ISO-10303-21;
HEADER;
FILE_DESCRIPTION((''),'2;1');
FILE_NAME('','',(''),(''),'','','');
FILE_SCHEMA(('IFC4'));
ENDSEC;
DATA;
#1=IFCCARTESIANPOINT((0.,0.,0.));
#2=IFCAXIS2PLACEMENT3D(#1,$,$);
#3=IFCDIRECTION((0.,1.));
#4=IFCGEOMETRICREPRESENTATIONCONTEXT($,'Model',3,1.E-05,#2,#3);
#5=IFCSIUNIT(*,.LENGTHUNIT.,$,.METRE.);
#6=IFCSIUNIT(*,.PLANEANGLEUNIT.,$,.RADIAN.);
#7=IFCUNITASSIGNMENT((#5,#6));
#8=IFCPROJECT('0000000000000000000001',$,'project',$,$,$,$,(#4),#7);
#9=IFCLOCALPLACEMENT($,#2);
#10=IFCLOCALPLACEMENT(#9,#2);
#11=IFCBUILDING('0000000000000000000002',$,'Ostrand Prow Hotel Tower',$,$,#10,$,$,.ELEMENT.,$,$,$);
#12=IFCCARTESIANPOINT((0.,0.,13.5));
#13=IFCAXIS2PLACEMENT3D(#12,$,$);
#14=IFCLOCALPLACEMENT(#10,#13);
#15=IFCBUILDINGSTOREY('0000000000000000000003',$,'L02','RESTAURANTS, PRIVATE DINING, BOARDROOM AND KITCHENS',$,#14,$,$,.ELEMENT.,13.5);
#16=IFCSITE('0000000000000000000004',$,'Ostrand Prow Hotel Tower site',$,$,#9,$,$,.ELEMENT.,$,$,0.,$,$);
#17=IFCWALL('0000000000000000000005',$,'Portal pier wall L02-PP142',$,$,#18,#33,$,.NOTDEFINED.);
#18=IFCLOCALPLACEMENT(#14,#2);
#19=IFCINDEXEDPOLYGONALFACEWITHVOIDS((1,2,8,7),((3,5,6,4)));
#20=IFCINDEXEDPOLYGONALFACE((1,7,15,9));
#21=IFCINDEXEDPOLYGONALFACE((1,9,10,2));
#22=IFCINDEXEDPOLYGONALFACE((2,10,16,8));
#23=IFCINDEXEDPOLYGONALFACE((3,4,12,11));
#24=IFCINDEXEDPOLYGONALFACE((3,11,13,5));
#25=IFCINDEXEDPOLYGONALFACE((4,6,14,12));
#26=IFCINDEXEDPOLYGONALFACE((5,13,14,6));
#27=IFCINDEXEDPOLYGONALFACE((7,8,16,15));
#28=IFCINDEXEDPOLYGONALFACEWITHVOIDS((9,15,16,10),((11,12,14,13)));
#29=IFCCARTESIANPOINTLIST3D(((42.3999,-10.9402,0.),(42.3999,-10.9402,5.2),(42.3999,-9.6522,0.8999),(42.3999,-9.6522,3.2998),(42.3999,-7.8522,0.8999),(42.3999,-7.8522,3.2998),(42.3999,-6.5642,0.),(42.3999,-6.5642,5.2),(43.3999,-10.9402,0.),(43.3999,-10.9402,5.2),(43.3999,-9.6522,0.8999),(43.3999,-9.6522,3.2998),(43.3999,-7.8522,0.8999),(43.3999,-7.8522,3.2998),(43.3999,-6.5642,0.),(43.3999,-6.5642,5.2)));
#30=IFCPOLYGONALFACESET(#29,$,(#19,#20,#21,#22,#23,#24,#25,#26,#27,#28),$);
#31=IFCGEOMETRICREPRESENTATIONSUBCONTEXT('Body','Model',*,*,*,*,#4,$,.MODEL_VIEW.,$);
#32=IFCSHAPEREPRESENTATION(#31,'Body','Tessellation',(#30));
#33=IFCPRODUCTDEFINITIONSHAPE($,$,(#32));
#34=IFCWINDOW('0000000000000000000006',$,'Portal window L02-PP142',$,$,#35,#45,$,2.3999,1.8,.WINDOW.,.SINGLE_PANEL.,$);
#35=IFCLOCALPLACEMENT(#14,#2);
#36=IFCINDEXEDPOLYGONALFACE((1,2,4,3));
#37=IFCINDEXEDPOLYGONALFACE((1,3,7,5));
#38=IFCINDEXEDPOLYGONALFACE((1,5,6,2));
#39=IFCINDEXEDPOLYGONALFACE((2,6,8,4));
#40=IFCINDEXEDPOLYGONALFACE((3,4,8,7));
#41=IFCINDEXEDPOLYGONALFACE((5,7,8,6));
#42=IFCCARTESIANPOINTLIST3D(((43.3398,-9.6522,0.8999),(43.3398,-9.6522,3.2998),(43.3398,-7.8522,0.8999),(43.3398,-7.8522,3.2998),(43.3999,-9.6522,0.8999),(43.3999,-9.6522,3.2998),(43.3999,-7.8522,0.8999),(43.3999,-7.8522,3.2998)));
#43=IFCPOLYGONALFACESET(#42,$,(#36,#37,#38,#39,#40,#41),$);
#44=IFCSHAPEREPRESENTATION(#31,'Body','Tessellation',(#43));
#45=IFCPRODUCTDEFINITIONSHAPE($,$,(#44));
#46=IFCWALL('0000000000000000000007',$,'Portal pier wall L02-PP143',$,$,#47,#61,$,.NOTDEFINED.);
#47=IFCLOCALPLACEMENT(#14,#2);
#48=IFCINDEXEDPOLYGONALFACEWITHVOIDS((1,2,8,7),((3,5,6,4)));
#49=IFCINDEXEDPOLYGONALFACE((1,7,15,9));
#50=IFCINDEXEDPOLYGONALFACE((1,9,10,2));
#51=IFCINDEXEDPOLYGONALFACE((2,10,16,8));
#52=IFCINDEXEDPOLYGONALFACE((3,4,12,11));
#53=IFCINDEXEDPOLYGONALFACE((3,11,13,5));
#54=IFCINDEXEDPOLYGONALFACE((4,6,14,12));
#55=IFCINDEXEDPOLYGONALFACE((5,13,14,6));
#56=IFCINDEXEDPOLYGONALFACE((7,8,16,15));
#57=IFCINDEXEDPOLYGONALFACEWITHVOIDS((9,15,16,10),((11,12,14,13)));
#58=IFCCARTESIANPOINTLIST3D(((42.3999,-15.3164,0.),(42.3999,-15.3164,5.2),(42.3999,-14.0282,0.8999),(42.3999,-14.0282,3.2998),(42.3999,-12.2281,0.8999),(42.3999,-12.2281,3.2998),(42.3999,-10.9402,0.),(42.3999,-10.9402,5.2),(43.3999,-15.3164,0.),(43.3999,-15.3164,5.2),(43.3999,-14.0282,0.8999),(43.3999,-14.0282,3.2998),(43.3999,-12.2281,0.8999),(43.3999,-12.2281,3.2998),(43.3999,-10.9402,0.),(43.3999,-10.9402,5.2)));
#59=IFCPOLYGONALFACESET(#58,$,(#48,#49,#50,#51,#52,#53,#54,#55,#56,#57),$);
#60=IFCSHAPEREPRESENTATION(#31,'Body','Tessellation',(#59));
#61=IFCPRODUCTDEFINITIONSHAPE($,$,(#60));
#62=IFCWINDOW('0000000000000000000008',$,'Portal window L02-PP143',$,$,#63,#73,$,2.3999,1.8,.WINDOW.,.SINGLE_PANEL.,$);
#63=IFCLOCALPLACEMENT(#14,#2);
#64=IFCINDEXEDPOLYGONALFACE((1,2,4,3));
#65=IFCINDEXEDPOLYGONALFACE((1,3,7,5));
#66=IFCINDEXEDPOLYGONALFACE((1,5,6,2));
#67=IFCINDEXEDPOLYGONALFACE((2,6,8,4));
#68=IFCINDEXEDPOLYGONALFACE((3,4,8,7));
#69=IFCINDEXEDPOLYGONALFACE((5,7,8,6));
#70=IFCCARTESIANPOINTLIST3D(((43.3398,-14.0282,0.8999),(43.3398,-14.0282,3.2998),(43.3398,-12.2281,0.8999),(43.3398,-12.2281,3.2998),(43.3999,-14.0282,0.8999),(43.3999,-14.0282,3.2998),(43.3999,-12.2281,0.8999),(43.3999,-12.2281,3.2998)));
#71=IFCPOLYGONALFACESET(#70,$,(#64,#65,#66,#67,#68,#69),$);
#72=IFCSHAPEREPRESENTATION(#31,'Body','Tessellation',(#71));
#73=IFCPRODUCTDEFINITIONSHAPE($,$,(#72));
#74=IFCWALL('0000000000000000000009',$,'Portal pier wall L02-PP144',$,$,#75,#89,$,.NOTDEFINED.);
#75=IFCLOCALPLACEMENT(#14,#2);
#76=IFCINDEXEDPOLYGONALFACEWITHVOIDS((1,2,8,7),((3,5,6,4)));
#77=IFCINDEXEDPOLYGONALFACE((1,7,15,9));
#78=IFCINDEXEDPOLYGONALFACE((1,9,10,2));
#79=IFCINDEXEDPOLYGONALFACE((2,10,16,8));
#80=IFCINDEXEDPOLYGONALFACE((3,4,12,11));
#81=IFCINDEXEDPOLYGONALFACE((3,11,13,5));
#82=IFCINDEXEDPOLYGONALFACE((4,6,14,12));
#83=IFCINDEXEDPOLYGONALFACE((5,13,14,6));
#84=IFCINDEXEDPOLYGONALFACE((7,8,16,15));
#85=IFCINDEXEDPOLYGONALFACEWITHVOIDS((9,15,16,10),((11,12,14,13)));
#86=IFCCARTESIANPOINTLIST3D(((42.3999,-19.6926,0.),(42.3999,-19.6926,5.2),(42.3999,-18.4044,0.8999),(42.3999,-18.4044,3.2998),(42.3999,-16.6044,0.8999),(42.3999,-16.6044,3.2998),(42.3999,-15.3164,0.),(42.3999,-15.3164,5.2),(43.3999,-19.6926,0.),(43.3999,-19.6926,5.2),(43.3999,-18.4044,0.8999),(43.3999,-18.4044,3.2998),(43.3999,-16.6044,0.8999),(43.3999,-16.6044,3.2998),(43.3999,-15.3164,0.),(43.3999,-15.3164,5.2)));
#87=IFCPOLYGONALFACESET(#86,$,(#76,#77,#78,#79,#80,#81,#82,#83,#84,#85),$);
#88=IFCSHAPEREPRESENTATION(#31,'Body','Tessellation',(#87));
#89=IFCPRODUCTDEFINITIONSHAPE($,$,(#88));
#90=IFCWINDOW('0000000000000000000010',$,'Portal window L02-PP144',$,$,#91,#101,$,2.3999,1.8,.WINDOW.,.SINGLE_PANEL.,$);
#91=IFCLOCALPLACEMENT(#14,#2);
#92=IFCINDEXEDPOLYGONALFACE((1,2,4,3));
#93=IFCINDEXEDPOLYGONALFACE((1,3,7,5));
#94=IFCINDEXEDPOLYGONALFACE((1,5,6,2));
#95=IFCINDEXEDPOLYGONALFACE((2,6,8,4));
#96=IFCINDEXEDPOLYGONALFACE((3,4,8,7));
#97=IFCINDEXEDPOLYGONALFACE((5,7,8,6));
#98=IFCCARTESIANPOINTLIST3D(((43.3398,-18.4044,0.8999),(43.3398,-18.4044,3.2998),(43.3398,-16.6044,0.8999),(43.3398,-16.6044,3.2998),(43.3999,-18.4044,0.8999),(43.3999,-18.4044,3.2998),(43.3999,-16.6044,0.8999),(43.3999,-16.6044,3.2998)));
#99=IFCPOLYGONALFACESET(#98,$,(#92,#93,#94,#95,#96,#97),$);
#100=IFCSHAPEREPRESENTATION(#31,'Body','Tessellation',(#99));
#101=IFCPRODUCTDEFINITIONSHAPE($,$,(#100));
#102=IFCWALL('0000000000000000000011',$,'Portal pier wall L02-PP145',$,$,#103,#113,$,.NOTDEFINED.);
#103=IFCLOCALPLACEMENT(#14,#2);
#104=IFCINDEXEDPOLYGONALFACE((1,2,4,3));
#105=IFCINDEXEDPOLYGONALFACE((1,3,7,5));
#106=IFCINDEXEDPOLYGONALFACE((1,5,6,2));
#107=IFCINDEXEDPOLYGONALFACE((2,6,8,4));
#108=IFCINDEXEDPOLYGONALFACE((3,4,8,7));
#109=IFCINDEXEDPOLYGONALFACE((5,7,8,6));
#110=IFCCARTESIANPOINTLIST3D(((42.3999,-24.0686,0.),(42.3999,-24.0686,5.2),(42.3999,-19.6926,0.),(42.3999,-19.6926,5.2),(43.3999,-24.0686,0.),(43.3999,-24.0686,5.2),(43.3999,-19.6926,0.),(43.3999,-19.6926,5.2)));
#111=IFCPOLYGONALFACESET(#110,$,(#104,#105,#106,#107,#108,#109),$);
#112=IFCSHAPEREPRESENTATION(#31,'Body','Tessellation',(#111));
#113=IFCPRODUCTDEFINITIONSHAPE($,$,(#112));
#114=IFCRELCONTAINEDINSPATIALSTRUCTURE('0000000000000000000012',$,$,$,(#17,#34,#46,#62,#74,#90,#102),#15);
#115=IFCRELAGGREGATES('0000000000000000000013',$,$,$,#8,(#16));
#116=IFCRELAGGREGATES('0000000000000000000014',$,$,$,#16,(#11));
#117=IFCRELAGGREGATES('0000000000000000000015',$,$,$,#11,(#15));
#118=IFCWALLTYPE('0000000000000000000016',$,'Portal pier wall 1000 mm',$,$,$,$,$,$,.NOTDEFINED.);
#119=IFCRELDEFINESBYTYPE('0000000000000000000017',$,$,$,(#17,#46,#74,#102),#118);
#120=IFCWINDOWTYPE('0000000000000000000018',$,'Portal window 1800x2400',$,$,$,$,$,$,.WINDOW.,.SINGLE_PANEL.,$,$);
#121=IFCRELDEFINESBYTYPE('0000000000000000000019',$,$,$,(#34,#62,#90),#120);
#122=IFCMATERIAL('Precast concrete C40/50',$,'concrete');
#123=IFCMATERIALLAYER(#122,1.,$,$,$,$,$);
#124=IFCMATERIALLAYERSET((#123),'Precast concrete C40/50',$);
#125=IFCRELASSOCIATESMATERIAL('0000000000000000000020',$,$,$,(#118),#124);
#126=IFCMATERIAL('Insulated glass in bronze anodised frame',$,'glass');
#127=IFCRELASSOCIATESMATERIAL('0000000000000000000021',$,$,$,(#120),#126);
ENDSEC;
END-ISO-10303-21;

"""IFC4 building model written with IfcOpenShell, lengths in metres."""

from ifc_helpers import new_model, si_unit, direction, frame, frame_2d, origin, place, context, subcontext, project, spatial, polyline, rectangle, outline, extrude, material, layer, layer_set, type_object, element, fill, save


model = new_model("IFC4")

# Units and contexts
model_context = context("Model", 3, precision=1e-05, world=origin(), true_north=direction((0.0, 1.0)))
body_context = subcontext(model_context, "Body", "Model", "MODEL_VIEW")
ifc_project = project(units=[si_unit("LENGTHUNIT", "METRE"), si_unit("PLANEANGLEUNIT", "RADIAN")], contexts=[model_context])

# Site, building, storey
site_placement = place(None, origin())
site = spatial("IfcSite", under=ifc_project, at=site_placement, Name="Ostrand Prow Hotel Tower site", CompositionType="ELEMENT", RefElevation=0.0)
building_placement = place(site_placement, origin())
building = spatial("IfcBuilding", under=site, at=building_placement, Name="Ostrand Prow Hotel Tower", CompositionType="ELEMENT")
storey_placement = place(building_placement, frame((0.0, 0.0, 13.5)))
storey = spatial("IfcBuildingStorey", under=building, at=storey_placement, Name="L02", Description="RESTAURANTS, PRIVATE DINING, BOARDROOM AND KITCHENS", CompositionType="ELEMENT", Elevation=13.5)

# Walls, openings, windows
ifc_material_1 = material(Name="Precast concrete C40/50", Category="concrete")
ifc_layer_1 = layer(ifc_material_1, 1.0)
ifc_layer_set_1 = layer_set([ifc_layer_1], Name="Precast concrete C40/50")
wall_type_1 = type_object("IfcWallType", Name="Portal pier wall 1000 mm", PredefinedType="NOTDEFINED", material=ifc_layer_set_1)
ifc_material_2 = material(Name="Insulated glass in bronze anodised frame", Category="glass")
window_type = type_object("IfcWindowType", Name="Portal window 1800x2400", PartitioningType="SINGLE_PANEL", PredefinedType="WINDOW", material=ifc_material_2)
wall_1_placement = place(storey_placement, frame((42.8999, -6.5642, 0.0), z_axis=(0.0, 0.0, 1.0), x_axis=(0.0, -1.0, 0.0)))
wall_1 = element("IfcWall", 1, at=wall_1_placement, inside=storey, type_object=wall_type_1, Name="Portal pier wall L02-PP142", PredefinedType="NOTDEFINED", context=body_context, shape_type="SweptSolid", body=[
    extrude(outline(polyline([(0.0, -0.5), (4.376, -0.5), (4.376, 0.5), (0.0, 0.5), (0.0, -0.5)])), origin(), (0.0, 0.0, 1.0), 5.2),
])
opening_1_placement = place(wall_1_placement, frame((1.2881, 0.0, 0.8999)))
opening_1 = element("IfcOpeningElement", 2, at=opening_1_placement, cuts=wall_1, PredefinedType="OPENING", context=body_context, shape_type="SweptSolid", body=[
    extrude(rectangle(XDim=1.8, YDim=2.3999, at=frame_2d((0.8999, 1.2))), frame((0.0, 0.51, 0.0), z_axis=(0.0, -1.0, 0.0), x_axis=(1.0, 0.0, 0.0)), (0.0, 0.0, 1.0), 1.02),
])
window_1_placement = place(opening_1_placement, origin())
window_1 = element("IfcWindow", 3, at=window_1_placement, inside=storey, type_object=window_type, Name="Portal window L02-PP142", OverallHeight=2.3999, OverallWidth=1.8, PartitioningType="SINGLE_PANEL", PredefinedType="WINDOW", context=body_context, shape_type="SweptSolid", body=[
    extrude(rectangle(XDim=1.8, YDim=2.3999, at=frame_2d((0.8999, 1.2))), frame((0.0, 0.5, 0.0), z_axis=(0.0, -1.0, 0.0), x_axis=(1.0, 0.0, 0.0)), (0.0, 0.0, 1.0), 0.0601),
])
fill(opening_1, window_1)
wall_2_placement = place(storey_placement, frame((42.8999, -10.9402, 0.0), z_axis=(0.0, 0.0, 1.0), x_axis=(0.0, -1.0, 0.0)))
wall_2 = element("IfcWall", 4, at=wall_2_placement, inside=storey, type_object=wall_type_1, Name="Portal pier wall L02-PP143", PredefinedType="NOTDEFINED", context=body_context, shape_type="SweptSolid", body=[
    extrude(outline(polyline([(0.0, -0.5), (4.3762, -0.5), (4.3762, 0.5), (0.0, 0.5), (0.0, -0.5)])), origin(), (0.0, 0.0, 1.0), 5.2),
])
opening_2_placement = place(wall_2_placement, frame((1.2881, 0.0, 0.8999)))
opening_2 = element("IfcOpeningElement", 5, at=opening_2_placement, cuts=wall_2, PredefinedType="OPENING", context=body_context, shape_type="SweptSolid", body=[
    extrude(rectangle(XDim=1.8, YDim=2.3999, at=frame_2d((0.8999, 1.2))), frame((0.0, 0.51, 0.0), z_axis=(0.0, -1.0, 0.0), x_axis=(1.0, 0.0, 0.0)), (0.0, 0.0, 1.0), 1.02),
])
window_2_placement = place(opening_2_placement, origin())
window_2 = element("IfcWindow", 6, at=window_2_placement, inside=storey, type_object=window_type, Name="Portal window L02-PP143", OverallHeight=2.3999, OverallWidth=1.8, PartitioningType="SINGLE_PANEL", PredefinedType="WINDOW", context=body_context, shape_type="SweptSolid", body=[
    extrude(rectangle(XDim=1.8, YDim=2.3999, at=frame_2d((0.8999, 1.2))), frame((0.0, 0.5, 0.0), z_axis=(0.0, -1.0, 0.0), x_axis=(1.0, 0.0, 0.0)), (0.0, 0.0, 1.0), 0.0601),
])
fill(opening_2, window_2)
wall_3_placement = place(storey_placement, frame((42.8999, -15.3164, 0.0), z_axis=(0.0, 0.0, 1.0), x_axis=(0.0, -1.0, 0.0)))
wall_3 = element("IfcWall", 7, at=wall_3_placement, inside=storey, type_object=wall_type_1, Name="Portal pier wall L02-PP144", PredefinedType="NOTDEFINED", context=body_context, shape_type="SweptSolid", body=[
    extrude(outline(polyline([(0.0, -0.5), (4.3762, -0.5), (4.3762, 0.5), (0.0, 0.5), (0.0, -0.5)])), origin(), (0.0, 0.0, 1.0), 5.2),
])
opening_3_placement = place(wall_3_placement, frame((1.2881, 0.0, 0.8999)))
opening_3 = element("IfcOpeningElement", 8, at=opening_3_placement, cuts=wall_3, PredefinedType="OPENING", context=body_context, shape_type="SweptSolid", body=[
    extrude(rectangle(XDim=1.8, YDim=2.3999, at=frame_2d((0.8999, 1.2))), frame((0.0, 0.51, 0.0), z_axis=(0.0, -1.0, 0.0), x_axis=(1.0, 0.0, 0.0)), (0.0, 0.0, 1.0), 1.02),
])
window_3_placement = place(opening_3_placement, origin())
window_3 = element("IfcWindow", 9, at=window_3_placement, inside=storey, type_object=window_type, Name="Portal window L02-PP144", OverallHeight=2.3999, OverallWidth=1.8, PartitioningType="SINGLE_PANEL", PredefinedType="WINDOW", context=body_context, shape_type="SweptSolid", body=[
    extrude(rectangle(XDim=1.8, YDim=2.3999, at=frame_2d((0.8999, 1.2))), frame((0.0, 0.5, 0.0), z_axis=(0.0, -1.0, 0.0), x_axis=(1.0, 0.0, 0.0)), (0.0, 0.0, 1.0), 0.0601),
])
fill(opening_3, window_3)

# Wall
wall_4_placement = place(storey_placement, frame((42.8999, -19.6926, 0.0), z_axis=(0.0, 0.0, 1.0), x_axis=(0.0, -1.0, 0.0)))
element("IfcWall", 10, at=wall_4_placement, inside=storey, type_object=wall_type_1, Name="Portal pier wall L02-PP145", PredefinedType="NOTDEFINED", context=body_context, shape_type="SweptSolid", body=[
    extrude(outline(polyline([(0.0, -0.5), (4.376, -0.5), (4.376, 0.5), (0.0, 0.5), (0.0, -0.5)])), origin(), (0.0, 0.0, 1.0), 5.2),
])

save(model, "model.ifc")
